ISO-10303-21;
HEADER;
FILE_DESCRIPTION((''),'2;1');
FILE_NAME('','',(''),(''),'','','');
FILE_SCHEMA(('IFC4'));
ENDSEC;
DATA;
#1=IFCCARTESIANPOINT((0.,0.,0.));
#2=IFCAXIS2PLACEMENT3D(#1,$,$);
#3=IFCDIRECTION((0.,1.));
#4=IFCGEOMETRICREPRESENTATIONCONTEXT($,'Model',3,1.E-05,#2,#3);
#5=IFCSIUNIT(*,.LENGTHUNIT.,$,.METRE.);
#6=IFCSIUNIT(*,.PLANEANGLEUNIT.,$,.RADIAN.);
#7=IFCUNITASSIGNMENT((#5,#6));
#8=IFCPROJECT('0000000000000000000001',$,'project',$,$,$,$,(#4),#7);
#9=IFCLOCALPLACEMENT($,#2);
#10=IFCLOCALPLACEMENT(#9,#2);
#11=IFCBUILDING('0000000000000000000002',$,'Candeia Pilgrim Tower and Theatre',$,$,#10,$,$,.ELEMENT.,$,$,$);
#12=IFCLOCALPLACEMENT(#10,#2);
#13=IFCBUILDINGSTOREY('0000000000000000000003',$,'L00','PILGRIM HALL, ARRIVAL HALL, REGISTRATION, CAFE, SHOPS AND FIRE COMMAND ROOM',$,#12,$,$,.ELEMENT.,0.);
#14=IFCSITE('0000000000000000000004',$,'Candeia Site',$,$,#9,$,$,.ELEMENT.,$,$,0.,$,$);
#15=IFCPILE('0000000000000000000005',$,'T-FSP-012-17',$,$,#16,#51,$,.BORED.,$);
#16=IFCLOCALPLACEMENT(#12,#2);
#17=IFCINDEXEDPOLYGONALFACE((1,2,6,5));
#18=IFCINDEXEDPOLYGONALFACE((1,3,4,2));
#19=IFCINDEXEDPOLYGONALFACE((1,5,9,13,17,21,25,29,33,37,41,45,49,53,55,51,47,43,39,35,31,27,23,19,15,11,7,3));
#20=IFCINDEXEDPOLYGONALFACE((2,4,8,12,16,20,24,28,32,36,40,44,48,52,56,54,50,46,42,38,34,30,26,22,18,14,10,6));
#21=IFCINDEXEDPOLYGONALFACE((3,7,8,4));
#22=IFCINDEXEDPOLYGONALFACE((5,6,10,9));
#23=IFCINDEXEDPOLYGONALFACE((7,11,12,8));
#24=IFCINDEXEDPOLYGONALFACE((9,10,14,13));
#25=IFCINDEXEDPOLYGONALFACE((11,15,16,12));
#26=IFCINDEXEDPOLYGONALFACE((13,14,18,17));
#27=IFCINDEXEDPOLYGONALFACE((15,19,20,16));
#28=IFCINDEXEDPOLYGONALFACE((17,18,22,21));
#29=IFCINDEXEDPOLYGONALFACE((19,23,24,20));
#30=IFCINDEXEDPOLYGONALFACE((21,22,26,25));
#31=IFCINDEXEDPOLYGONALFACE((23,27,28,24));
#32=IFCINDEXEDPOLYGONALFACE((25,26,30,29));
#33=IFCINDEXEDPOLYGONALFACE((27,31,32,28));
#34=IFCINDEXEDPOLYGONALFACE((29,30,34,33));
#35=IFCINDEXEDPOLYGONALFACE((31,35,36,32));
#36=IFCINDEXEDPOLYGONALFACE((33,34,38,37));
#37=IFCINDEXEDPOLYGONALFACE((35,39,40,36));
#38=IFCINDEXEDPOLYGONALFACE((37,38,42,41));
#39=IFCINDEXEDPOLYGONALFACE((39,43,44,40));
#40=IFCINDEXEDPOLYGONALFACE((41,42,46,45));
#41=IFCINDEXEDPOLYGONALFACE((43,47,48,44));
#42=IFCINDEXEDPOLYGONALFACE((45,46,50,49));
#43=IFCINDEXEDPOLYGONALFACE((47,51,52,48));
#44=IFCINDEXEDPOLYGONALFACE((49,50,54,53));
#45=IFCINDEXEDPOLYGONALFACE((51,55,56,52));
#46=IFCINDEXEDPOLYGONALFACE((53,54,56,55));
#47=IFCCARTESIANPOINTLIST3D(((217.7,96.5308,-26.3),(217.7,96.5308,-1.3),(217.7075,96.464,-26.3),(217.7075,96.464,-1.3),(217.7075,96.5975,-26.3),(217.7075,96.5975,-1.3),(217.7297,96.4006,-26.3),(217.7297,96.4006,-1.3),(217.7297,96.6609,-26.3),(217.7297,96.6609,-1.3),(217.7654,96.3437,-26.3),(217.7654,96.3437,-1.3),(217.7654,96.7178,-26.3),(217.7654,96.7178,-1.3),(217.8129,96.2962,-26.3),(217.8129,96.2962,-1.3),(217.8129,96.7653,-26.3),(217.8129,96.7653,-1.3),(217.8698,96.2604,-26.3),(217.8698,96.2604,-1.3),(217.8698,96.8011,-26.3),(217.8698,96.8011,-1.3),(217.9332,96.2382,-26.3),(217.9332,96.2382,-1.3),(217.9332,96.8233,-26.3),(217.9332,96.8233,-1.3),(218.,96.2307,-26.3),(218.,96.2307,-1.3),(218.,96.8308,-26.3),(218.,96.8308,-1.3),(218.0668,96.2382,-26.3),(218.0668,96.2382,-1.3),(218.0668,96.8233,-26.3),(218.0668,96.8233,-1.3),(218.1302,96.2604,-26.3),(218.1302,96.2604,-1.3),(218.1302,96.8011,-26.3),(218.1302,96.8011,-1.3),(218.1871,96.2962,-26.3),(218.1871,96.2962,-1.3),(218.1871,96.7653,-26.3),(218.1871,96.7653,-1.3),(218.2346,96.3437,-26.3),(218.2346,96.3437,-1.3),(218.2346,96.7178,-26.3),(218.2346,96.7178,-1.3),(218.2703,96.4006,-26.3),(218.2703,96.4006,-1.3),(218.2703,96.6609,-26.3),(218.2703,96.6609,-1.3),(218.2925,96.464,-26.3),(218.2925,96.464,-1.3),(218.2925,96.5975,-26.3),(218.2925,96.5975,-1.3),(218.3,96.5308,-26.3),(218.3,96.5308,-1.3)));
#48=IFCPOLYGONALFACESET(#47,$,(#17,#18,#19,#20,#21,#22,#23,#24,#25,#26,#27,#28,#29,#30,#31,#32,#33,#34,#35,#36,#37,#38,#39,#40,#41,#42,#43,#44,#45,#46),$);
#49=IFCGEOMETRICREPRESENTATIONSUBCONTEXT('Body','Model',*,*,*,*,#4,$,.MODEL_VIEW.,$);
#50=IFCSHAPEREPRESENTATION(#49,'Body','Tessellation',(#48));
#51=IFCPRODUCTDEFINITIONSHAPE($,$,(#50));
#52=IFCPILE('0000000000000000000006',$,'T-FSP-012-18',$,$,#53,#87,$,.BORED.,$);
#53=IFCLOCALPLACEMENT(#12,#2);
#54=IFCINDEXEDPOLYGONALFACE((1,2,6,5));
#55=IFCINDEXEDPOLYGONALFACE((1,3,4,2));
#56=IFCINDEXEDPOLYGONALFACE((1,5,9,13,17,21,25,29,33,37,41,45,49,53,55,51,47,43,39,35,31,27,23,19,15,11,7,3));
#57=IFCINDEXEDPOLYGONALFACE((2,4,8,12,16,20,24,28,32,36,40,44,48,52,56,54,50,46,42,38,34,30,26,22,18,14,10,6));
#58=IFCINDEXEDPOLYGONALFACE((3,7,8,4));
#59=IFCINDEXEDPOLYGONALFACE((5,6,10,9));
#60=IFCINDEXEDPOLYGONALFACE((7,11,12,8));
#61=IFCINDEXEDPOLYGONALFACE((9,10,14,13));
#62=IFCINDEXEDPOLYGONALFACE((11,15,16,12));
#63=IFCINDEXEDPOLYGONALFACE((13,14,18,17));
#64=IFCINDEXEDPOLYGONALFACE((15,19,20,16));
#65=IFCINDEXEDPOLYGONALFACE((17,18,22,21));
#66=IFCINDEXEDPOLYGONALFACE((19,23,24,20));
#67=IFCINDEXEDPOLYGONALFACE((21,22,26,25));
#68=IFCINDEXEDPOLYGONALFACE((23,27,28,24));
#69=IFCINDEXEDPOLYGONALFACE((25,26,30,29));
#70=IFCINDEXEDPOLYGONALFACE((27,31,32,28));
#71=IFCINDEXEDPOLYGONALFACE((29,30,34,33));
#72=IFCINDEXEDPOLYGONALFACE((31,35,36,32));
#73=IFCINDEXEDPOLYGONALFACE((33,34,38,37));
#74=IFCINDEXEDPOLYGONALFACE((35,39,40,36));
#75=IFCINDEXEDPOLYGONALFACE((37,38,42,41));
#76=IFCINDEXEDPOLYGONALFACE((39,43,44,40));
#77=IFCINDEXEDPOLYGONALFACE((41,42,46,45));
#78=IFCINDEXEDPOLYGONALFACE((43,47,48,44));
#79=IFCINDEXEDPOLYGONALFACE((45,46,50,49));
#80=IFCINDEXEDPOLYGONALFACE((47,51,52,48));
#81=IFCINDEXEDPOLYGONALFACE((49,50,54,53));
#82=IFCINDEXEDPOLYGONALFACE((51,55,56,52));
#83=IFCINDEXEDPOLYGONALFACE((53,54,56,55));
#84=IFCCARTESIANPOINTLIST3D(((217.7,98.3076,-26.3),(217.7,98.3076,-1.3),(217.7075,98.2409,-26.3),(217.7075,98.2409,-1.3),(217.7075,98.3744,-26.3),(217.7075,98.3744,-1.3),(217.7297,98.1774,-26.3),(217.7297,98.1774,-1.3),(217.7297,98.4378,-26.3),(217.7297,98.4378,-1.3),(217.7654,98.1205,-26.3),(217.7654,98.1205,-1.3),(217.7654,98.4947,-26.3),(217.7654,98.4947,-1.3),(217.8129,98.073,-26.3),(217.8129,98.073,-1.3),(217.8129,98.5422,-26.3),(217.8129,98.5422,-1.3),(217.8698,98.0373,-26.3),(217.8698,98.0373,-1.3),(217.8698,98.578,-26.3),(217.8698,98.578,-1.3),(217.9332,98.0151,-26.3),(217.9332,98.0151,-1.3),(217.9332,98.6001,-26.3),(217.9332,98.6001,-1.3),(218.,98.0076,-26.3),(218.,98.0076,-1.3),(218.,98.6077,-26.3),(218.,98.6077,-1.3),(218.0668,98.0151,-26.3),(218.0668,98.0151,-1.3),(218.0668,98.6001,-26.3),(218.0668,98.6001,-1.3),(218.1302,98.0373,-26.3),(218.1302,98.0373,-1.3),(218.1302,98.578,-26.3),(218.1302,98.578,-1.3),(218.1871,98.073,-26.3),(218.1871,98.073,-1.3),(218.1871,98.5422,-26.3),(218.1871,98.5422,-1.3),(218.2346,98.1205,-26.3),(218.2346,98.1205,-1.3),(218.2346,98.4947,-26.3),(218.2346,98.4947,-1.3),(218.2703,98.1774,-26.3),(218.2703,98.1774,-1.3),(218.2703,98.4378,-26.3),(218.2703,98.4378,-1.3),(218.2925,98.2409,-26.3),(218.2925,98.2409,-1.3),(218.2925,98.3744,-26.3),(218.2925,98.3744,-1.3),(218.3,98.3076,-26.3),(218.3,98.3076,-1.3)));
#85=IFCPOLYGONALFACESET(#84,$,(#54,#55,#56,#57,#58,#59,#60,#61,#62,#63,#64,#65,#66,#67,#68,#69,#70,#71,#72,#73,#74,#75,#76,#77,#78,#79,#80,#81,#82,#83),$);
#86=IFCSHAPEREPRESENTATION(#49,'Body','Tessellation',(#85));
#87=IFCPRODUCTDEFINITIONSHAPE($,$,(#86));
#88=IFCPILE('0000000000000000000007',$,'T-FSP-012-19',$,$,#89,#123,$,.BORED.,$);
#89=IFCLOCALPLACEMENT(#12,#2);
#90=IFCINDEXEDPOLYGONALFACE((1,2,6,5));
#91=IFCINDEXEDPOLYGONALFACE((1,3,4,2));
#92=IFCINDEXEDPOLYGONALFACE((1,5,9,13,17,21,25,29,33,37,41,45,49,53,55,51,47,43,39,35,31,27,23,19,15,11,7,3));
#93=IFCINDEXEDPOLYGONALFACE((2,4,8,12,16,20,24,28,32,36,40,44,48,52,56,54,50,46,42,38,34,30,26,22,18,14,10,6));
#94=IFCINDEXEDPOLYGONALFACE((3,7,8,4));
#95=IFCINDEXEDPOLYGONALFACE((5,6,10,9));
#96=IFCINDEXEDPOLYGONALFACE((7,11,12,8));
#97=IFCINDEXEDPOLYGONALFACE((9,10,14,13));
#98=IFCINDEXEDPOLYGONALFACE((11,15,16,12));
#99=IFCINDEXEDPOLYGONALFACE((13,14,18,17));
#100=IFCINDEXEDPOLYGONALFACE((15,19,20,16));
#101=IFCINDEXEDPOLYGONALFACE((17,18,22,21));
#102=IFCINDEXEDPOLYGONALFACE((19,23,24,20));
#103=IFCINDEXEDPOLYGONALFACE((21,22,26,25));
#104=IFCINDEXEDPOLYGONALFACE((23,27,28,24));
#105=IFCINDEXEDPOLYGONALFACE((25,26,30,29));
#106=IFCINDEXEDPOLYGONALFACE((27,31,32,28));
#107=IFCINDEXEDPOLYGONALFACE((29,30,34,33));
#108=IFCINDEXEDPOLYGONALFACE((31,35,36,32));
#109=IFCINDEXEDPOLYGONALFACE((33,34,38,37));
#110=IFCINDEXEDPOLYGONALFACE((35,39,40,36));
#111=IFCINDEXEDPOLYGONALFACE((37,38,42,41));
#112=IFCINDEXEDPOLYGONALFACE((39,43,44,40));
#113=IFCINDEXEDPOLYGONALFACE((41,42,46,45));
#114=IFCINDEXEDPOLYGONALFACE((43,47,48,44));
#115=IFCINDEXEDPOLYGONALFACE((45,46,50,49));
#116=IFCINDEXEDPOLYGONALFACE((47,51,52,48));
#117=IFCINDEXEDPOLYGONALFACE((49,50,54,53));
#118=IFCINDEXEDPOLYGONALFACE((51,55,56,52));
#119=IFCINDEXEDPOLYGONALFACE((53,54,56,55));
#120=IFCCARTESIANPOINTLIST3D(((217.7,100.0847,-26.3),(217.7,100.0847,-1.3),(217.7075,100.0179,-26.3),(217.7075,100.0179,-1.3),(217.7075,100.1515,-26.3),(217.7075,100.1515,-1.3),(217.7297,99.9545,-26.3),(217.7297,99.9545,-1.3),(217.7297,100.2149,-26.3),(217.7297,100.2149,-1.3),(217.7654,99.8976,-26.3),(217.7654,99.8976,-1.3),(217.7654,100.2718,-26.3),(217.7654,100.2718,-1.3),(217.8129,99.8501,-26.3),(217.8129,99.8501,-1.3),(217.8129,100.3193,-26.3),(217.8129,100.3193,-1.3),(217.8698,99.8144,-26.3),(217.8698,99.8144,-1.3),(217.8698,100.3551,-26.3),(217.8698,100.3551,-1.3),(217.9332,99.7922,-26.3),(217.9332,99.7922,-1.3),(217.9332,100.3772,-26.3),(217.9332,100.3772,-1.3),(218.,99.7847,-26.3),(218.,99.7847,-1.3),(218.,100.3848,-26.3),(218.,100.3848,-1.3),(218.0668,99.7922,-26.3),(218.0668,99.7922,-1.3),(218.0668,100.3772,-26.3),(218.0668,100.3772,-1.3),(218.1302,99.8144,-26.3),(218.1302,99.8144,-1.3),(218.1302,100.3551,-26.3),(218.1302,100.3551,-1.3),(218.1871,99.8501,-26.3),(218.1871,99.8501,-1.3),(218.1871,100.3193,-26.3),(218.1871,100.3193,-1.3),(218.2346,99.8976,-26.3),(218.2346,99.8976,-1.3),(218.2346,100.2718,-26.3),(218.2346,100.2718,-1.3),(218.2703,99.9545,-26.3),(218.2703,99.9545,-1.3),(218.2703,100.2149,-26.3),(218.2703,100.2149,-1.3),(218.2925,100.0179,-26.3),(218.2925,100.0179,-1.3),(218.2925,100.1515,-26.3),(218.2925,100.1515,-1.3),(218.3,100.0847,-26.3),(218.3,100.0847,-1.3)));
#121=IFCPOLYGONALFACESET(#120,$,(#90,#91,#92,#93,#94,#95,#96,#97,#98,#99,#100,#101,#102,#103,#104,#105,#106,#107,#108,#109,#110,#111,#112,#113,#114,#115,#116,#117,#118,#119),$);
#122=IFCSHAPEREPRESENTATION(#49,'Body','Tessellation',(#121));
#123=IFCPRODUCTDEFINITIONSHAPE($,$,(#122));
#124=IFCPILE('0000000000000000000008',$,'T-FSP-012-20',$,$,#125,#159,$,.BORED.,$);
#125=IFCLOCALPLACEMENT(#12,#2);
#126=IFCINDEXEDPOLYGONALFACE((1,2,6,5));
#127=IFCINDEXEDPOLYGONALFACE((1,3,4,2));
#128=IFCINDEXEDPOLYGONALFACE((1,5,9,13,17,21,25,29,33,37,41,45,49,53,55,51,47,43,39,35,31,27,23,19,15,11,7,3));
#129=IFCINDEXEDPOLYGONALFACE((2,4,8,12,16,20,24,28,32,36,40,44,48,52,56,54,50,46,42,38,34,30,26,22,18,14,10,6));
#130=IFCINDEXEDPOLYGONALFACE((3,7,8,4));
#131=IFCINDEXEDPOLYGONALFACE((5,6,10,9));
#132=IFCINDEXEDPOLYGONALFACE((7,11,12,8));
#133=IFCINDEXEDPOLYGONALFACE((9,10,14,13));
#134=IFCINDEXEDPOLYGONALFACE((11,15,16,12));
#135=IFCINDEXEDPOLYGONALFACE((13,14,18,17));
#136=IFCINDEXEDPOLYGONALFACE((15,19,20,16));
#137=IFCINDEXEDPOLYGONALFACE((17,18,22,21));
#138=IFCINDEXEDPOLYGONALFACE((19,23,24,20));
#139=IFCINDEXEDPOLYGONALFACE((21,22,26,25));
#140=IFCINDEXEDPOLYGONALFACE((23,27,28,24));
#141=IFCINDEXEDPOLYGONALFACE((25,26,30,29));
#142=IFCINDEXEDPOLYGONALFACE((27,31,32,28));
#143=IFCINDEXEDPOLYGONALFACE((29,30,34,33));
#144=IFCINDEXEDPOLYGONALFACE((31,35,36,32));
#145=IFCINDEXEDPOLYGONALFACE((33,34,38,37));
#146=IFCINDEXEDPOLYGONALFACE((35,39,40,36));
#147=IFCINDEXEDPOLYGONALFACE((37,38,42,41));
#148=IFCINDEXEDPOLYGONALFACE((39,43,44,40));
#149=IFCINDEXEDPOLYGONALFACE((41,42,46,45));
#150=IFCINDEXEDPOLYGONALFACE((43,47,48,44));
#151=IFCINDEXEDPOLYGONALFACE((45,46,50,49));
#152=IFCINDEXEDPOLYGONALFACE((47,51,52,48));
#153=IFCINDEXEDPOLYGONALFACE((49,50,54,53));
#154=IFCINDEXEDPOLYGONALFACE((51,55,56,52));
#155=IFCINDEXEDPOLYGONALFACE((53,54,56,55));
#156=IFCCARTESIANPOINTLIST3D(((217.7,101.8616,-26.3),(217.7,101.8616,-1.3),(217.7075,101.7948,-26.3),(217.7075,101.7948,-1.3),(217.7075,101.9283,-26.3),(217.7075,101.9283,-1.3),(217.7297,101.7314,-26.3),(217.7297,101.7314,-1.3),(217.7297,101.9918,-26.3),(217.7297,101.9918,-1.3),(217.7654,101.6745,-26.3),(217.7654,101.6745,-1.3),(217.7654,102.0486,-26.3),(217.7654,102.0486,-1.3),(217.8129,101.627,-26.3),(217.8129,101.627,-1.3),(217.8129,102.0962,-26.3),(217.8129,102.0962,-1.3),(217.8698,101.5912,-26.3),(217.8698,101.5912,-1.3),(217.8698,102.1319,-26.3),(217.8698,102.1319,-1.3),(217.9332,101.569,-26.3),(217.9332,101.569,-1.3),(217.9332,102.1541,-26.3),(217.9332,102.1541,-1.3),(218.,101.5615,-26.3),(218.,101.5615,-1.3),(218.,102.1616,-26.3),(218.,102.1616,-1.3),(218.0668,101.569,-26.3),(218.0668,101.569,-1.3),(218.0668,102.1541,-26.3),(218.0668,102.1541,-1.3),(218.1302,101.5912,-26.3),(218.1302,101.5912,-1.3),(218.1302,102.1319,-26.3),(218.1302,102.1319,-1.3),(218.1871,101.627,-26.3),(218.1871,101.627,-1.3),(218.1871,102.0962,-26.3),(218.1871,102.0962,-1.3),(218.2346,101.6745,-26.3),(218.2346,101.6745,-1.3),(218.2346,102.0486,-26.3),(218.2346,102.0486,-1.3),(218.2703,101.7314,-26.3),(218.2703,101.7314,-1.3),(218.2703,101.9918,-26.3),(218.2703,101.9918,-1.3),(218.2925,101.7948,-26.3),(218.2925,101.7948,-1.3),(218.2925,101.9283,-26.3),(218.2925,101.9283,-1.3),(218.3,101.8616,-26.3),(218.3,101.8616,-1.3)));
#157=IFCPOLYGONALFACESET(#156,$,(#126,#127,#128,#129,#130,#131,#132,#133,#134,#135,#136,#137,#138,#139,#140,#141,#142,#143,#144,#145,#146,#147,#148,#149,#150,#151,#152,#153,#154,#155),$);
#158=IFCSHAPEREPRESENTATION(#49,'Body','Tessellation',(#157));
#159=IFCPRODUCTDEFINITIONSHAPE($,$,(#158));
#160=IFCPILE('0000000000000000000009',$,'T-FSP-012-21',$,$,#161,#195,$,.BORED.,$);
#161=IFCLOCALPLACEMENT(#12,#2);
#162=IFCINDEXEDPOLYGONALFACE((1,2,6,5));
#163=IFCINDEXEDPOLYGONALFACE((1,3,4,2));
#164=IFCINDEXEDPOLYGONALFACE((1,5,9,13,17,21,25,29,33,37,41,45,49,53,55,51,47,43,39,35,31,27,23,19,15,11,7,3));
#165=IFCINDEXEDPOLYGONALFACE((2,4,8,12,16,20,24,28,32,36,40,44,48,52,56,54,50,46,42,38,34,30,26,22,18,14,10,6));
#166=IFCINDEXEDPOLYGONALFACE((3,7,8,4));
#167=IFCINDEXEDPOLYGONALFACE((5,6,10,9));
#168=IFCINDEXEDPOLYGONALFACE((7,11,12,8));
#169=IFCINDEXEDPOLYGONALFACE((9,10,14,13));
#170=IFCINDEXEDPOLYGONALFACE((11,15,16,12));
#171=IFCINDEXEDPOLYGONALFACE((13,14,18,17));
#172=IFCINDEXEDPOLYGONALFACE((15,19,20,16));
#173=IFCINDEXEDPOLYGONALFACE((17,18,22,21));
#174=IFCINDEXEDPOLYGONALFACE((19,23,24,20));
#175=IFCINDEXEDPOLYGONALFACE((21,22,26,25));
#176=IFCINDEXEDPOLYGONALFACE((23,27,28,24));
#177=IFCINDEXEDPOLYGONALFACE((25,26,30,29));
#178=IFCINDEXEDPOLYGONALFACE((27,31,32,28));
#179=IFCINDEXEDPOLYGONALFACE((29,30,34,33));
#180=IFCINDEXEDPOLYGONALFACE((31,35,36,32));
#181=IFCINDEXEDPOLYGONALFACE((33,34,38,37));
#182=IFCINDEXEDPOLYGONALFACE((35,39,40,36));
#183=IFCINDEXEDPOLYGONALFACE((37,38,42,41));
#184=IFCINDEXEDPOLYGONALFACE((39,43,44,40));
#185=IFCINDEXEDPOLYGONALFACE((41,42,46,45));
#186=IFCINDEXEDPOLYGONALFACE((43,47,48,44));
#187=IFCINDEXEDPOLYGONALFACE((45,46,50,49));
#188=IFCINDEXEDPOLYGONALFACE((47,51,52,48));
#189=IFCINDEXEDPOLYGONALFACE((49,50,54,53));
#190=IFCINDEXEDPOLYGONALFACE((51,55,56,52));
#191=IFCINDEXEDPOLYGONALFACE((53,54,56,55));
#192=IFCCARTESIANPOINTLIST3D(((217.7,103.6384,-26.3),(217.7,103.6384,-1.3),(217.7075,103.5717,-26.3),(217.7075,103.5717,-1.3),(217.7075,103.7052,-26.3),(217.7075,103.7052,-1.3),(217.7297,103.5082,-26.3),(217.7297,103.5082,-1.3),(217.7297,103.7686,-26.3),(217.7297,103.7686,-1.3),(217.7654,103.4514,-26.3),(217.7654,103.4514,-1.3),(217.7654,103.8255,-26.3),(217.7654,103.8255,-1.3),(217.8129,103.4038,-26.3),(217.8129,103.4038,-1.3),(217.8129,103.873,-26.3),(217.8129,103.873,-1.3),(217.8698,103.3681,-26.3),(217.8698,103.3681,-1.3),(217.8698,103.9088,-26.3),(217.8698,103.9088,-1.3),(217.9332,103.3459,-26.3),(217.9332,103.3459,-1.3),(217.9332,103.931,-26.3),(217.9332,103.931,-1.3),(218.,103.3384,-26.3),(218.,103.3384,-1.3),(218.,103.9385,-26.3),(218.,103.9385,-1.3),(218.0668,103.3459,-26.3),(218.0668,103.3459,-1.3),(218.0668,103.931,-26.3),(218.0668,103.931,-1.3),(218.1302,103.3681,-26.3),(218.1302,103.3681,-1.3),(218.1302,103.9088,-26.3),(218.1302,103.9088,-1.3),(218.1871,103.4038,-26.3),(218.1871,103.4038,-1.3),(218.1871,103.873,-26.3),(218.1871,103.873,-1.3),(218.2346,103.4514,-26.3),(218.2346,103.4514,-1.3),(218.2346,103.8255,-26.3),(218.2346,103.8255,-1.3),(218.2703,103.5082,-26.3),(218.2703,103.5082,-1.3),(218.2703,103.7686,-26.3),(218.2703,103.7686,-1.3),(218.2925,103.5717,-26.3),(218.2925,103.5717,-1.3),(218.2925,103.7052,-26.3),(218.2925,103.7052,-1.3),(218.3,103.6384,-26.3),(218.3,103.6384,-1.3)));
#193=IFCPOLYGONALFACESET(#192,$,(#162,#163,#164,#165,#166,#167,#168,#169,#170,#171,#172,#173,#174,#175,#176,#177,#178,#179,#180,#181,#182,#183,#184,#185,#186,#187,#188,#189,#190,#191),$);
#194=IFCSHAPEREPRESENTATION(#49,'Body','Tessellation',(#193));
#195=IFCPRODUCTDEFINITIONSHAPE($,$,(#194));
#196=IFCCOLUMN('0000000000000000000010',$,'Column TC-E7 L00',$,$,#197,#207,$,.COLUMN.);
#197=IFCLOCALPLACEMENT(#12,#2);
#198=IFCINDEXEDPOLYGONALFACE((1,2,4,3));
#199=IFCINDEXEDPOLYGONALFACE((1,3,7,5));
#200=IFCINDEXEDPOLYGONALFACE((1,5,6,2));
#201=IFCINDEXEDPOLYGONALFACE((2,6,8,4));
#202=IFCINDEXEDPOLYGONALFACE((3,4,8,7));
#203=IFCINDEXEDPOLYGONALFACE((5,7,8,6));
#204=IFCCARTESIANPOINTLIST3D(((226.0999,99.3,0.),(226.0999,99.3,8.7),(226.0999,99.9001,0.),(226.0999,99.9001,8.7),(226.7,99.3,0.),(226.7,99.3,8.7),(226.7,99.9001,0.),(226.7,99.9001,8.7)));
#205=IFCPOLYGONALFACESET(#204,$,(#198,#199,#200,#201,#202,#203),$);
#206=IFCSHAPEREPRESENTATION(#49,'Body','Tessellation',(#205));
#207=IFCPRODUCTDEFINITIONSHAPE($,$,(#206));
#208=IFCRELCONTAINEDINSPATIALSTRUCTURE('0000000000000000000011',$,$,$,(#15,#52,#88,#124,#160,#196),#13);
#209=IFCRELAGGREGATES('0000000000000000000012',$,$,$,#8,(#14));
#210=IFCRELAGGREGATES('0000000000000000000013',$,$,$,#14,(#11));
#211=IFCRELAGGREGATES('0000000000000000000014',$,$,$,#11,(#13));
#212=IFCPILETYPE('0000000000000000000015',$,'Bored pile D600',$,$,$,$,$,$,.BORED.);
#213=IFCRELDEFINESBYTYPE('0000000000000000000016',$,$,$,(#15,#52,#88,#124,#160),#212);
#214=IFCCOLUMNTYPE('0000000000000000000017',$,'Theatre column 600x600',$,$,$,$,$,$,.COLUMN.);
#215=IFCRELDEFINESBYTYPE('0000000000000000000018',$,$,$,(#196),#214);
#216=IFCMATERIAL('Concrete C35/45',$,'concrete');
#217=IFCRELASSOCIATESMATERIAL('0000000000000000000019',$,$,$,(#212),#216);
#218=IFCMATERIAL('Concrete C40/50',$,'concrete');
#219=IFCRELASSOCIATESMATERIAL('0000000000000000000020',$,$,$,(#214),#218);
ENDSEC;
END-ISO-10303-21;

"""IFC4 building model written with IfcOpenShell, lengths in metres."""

from ifc_helpers import new_model, si_unit, direction, frame, origin, origin_2d, place, context, subcontext, project, spatial, rectangle, circle, extrude, material, material_profile, profile_set, type_object, element, save


model = new_model("IFC4")

# Units and contexts
model_context = context("Model", 3, precision=1e-05, world=origin(), true_north=direction((0.0, 1.0)))
body_context = subcontext(model_context, "Body", "Model", "MODEL_VIEW")
ifc_project = project(units=[si_unit("LENGTHUNIT", "METRE"), si_unit("PLANEANGLEUNIT", "RADIAN")], contexts=[model_context])

# Site, building, storey
site_placement = place(None, origin())
site = spatial("IfcSite", under=ifc_project, at=site_placement, Name="Candeia Site", CompositionType="ELEMENT", RefElevation=0.0)
building_placement = place(site_placement, origin())
building = spatial("IfcBuilding", under=site, at=building_placement, Name="Candeia Pilgrim Tower and Theatre", CompositionType="ELEMENT")
storey_placement = place(building_placement, origin())
storey = spatial("IfcBuildingStorey", under=building, at=storey_placement, Name="L00", Description="PILGRIM HALL, ARRIVAL HALL, REGISTRATION, CAFE, SHOPS AND FIRE COMMAND ROOM", CompositionType="ELEMENT", Elevation=0.0)

# Piles
ifc_material_1 = material(Name="Concrete C35/45", Category="concrete")
pile_type = type_object("IfcPileType", Name="Bored pile D600", PredefinedType="BORED", material=ifc_material_1)
for number, where, z_axis, x_axis, name in (
    (1, (218.0, 96.5308, -1.3), (0.0, 0.0, -1.0), (1.0, 0.0, 0.0), "T-FSP-012-17"),
    (2, (218.0, 98.3076, -1.3), (0.0, 0.0, -1.0), (1.0, 0.0, 0.0), "T-FSP-012-18"),
    (3, (218.0, 100.0847, -1.3), (0.0, 0.0, -1.0), (1.0, 0.0, 0.0), "T-FSP-012-19"),
    (4, (218.0, 101.8616, -1.3), (0.0, 0.0, -1.0), (1.0, 0.0, 0.0), "T-FSP-012-20"),
    (5, (218.0, 103.6384, -1.3), (0.0, 0.0, -1.0), (1.0, 0.0, 0.0), "T-FSP-012-21"),
):
    element("IfcPile", number, at=place(storey_placement, frame(where, z_axis=z_axis, x_axis=x_axis)), inside=storey, type_object=pile_type, Name=name, PredefinedType="BORED", context=body_context, shape_type="SweptSolid", body=[
        extrude(circle(Radius=0.3, at=origin_2d()), origin(), (0.0, 0.0, 1.0), 25.0),
    ])

# Column
ifc_material_2 = material(Name="Concrete C40/50", Category="concrete")
ifc_material_profile = material_profile(ifc_material_2, rectangle(XDim=0.6001, YDim=0.6001, at=origin_2d()))
ifc_profile_set = profile_set([ifc_material_profile], Name="Concrete C40/50")
column_type = type_object("IfcColumnType", Name="Theatre column 600x600", PredefinedType="COLUMN", material=ifc_profile_set)
column_placement = place(storey_placement, frame((226.3999, 99.6001, 0.0), z_axis=(0.0, 0.0, 1.0), x_axis=(1.0, 0.0, 0.0)))
element("IfcColumn", 6, at=column_placement, inside=storey, type_object=column_type, Name="Column TC-E7 L00", PredefinedType="COLUMN", context=body_context, shape_type="SweptSolid", body=[
    extrude(rectangle(XDim=0.6001, YDim=0.6001, at=origin_2d()), origin(), (0.0, 0.0, 1.0), 8.7),
])

save(model, "model.ifc")
